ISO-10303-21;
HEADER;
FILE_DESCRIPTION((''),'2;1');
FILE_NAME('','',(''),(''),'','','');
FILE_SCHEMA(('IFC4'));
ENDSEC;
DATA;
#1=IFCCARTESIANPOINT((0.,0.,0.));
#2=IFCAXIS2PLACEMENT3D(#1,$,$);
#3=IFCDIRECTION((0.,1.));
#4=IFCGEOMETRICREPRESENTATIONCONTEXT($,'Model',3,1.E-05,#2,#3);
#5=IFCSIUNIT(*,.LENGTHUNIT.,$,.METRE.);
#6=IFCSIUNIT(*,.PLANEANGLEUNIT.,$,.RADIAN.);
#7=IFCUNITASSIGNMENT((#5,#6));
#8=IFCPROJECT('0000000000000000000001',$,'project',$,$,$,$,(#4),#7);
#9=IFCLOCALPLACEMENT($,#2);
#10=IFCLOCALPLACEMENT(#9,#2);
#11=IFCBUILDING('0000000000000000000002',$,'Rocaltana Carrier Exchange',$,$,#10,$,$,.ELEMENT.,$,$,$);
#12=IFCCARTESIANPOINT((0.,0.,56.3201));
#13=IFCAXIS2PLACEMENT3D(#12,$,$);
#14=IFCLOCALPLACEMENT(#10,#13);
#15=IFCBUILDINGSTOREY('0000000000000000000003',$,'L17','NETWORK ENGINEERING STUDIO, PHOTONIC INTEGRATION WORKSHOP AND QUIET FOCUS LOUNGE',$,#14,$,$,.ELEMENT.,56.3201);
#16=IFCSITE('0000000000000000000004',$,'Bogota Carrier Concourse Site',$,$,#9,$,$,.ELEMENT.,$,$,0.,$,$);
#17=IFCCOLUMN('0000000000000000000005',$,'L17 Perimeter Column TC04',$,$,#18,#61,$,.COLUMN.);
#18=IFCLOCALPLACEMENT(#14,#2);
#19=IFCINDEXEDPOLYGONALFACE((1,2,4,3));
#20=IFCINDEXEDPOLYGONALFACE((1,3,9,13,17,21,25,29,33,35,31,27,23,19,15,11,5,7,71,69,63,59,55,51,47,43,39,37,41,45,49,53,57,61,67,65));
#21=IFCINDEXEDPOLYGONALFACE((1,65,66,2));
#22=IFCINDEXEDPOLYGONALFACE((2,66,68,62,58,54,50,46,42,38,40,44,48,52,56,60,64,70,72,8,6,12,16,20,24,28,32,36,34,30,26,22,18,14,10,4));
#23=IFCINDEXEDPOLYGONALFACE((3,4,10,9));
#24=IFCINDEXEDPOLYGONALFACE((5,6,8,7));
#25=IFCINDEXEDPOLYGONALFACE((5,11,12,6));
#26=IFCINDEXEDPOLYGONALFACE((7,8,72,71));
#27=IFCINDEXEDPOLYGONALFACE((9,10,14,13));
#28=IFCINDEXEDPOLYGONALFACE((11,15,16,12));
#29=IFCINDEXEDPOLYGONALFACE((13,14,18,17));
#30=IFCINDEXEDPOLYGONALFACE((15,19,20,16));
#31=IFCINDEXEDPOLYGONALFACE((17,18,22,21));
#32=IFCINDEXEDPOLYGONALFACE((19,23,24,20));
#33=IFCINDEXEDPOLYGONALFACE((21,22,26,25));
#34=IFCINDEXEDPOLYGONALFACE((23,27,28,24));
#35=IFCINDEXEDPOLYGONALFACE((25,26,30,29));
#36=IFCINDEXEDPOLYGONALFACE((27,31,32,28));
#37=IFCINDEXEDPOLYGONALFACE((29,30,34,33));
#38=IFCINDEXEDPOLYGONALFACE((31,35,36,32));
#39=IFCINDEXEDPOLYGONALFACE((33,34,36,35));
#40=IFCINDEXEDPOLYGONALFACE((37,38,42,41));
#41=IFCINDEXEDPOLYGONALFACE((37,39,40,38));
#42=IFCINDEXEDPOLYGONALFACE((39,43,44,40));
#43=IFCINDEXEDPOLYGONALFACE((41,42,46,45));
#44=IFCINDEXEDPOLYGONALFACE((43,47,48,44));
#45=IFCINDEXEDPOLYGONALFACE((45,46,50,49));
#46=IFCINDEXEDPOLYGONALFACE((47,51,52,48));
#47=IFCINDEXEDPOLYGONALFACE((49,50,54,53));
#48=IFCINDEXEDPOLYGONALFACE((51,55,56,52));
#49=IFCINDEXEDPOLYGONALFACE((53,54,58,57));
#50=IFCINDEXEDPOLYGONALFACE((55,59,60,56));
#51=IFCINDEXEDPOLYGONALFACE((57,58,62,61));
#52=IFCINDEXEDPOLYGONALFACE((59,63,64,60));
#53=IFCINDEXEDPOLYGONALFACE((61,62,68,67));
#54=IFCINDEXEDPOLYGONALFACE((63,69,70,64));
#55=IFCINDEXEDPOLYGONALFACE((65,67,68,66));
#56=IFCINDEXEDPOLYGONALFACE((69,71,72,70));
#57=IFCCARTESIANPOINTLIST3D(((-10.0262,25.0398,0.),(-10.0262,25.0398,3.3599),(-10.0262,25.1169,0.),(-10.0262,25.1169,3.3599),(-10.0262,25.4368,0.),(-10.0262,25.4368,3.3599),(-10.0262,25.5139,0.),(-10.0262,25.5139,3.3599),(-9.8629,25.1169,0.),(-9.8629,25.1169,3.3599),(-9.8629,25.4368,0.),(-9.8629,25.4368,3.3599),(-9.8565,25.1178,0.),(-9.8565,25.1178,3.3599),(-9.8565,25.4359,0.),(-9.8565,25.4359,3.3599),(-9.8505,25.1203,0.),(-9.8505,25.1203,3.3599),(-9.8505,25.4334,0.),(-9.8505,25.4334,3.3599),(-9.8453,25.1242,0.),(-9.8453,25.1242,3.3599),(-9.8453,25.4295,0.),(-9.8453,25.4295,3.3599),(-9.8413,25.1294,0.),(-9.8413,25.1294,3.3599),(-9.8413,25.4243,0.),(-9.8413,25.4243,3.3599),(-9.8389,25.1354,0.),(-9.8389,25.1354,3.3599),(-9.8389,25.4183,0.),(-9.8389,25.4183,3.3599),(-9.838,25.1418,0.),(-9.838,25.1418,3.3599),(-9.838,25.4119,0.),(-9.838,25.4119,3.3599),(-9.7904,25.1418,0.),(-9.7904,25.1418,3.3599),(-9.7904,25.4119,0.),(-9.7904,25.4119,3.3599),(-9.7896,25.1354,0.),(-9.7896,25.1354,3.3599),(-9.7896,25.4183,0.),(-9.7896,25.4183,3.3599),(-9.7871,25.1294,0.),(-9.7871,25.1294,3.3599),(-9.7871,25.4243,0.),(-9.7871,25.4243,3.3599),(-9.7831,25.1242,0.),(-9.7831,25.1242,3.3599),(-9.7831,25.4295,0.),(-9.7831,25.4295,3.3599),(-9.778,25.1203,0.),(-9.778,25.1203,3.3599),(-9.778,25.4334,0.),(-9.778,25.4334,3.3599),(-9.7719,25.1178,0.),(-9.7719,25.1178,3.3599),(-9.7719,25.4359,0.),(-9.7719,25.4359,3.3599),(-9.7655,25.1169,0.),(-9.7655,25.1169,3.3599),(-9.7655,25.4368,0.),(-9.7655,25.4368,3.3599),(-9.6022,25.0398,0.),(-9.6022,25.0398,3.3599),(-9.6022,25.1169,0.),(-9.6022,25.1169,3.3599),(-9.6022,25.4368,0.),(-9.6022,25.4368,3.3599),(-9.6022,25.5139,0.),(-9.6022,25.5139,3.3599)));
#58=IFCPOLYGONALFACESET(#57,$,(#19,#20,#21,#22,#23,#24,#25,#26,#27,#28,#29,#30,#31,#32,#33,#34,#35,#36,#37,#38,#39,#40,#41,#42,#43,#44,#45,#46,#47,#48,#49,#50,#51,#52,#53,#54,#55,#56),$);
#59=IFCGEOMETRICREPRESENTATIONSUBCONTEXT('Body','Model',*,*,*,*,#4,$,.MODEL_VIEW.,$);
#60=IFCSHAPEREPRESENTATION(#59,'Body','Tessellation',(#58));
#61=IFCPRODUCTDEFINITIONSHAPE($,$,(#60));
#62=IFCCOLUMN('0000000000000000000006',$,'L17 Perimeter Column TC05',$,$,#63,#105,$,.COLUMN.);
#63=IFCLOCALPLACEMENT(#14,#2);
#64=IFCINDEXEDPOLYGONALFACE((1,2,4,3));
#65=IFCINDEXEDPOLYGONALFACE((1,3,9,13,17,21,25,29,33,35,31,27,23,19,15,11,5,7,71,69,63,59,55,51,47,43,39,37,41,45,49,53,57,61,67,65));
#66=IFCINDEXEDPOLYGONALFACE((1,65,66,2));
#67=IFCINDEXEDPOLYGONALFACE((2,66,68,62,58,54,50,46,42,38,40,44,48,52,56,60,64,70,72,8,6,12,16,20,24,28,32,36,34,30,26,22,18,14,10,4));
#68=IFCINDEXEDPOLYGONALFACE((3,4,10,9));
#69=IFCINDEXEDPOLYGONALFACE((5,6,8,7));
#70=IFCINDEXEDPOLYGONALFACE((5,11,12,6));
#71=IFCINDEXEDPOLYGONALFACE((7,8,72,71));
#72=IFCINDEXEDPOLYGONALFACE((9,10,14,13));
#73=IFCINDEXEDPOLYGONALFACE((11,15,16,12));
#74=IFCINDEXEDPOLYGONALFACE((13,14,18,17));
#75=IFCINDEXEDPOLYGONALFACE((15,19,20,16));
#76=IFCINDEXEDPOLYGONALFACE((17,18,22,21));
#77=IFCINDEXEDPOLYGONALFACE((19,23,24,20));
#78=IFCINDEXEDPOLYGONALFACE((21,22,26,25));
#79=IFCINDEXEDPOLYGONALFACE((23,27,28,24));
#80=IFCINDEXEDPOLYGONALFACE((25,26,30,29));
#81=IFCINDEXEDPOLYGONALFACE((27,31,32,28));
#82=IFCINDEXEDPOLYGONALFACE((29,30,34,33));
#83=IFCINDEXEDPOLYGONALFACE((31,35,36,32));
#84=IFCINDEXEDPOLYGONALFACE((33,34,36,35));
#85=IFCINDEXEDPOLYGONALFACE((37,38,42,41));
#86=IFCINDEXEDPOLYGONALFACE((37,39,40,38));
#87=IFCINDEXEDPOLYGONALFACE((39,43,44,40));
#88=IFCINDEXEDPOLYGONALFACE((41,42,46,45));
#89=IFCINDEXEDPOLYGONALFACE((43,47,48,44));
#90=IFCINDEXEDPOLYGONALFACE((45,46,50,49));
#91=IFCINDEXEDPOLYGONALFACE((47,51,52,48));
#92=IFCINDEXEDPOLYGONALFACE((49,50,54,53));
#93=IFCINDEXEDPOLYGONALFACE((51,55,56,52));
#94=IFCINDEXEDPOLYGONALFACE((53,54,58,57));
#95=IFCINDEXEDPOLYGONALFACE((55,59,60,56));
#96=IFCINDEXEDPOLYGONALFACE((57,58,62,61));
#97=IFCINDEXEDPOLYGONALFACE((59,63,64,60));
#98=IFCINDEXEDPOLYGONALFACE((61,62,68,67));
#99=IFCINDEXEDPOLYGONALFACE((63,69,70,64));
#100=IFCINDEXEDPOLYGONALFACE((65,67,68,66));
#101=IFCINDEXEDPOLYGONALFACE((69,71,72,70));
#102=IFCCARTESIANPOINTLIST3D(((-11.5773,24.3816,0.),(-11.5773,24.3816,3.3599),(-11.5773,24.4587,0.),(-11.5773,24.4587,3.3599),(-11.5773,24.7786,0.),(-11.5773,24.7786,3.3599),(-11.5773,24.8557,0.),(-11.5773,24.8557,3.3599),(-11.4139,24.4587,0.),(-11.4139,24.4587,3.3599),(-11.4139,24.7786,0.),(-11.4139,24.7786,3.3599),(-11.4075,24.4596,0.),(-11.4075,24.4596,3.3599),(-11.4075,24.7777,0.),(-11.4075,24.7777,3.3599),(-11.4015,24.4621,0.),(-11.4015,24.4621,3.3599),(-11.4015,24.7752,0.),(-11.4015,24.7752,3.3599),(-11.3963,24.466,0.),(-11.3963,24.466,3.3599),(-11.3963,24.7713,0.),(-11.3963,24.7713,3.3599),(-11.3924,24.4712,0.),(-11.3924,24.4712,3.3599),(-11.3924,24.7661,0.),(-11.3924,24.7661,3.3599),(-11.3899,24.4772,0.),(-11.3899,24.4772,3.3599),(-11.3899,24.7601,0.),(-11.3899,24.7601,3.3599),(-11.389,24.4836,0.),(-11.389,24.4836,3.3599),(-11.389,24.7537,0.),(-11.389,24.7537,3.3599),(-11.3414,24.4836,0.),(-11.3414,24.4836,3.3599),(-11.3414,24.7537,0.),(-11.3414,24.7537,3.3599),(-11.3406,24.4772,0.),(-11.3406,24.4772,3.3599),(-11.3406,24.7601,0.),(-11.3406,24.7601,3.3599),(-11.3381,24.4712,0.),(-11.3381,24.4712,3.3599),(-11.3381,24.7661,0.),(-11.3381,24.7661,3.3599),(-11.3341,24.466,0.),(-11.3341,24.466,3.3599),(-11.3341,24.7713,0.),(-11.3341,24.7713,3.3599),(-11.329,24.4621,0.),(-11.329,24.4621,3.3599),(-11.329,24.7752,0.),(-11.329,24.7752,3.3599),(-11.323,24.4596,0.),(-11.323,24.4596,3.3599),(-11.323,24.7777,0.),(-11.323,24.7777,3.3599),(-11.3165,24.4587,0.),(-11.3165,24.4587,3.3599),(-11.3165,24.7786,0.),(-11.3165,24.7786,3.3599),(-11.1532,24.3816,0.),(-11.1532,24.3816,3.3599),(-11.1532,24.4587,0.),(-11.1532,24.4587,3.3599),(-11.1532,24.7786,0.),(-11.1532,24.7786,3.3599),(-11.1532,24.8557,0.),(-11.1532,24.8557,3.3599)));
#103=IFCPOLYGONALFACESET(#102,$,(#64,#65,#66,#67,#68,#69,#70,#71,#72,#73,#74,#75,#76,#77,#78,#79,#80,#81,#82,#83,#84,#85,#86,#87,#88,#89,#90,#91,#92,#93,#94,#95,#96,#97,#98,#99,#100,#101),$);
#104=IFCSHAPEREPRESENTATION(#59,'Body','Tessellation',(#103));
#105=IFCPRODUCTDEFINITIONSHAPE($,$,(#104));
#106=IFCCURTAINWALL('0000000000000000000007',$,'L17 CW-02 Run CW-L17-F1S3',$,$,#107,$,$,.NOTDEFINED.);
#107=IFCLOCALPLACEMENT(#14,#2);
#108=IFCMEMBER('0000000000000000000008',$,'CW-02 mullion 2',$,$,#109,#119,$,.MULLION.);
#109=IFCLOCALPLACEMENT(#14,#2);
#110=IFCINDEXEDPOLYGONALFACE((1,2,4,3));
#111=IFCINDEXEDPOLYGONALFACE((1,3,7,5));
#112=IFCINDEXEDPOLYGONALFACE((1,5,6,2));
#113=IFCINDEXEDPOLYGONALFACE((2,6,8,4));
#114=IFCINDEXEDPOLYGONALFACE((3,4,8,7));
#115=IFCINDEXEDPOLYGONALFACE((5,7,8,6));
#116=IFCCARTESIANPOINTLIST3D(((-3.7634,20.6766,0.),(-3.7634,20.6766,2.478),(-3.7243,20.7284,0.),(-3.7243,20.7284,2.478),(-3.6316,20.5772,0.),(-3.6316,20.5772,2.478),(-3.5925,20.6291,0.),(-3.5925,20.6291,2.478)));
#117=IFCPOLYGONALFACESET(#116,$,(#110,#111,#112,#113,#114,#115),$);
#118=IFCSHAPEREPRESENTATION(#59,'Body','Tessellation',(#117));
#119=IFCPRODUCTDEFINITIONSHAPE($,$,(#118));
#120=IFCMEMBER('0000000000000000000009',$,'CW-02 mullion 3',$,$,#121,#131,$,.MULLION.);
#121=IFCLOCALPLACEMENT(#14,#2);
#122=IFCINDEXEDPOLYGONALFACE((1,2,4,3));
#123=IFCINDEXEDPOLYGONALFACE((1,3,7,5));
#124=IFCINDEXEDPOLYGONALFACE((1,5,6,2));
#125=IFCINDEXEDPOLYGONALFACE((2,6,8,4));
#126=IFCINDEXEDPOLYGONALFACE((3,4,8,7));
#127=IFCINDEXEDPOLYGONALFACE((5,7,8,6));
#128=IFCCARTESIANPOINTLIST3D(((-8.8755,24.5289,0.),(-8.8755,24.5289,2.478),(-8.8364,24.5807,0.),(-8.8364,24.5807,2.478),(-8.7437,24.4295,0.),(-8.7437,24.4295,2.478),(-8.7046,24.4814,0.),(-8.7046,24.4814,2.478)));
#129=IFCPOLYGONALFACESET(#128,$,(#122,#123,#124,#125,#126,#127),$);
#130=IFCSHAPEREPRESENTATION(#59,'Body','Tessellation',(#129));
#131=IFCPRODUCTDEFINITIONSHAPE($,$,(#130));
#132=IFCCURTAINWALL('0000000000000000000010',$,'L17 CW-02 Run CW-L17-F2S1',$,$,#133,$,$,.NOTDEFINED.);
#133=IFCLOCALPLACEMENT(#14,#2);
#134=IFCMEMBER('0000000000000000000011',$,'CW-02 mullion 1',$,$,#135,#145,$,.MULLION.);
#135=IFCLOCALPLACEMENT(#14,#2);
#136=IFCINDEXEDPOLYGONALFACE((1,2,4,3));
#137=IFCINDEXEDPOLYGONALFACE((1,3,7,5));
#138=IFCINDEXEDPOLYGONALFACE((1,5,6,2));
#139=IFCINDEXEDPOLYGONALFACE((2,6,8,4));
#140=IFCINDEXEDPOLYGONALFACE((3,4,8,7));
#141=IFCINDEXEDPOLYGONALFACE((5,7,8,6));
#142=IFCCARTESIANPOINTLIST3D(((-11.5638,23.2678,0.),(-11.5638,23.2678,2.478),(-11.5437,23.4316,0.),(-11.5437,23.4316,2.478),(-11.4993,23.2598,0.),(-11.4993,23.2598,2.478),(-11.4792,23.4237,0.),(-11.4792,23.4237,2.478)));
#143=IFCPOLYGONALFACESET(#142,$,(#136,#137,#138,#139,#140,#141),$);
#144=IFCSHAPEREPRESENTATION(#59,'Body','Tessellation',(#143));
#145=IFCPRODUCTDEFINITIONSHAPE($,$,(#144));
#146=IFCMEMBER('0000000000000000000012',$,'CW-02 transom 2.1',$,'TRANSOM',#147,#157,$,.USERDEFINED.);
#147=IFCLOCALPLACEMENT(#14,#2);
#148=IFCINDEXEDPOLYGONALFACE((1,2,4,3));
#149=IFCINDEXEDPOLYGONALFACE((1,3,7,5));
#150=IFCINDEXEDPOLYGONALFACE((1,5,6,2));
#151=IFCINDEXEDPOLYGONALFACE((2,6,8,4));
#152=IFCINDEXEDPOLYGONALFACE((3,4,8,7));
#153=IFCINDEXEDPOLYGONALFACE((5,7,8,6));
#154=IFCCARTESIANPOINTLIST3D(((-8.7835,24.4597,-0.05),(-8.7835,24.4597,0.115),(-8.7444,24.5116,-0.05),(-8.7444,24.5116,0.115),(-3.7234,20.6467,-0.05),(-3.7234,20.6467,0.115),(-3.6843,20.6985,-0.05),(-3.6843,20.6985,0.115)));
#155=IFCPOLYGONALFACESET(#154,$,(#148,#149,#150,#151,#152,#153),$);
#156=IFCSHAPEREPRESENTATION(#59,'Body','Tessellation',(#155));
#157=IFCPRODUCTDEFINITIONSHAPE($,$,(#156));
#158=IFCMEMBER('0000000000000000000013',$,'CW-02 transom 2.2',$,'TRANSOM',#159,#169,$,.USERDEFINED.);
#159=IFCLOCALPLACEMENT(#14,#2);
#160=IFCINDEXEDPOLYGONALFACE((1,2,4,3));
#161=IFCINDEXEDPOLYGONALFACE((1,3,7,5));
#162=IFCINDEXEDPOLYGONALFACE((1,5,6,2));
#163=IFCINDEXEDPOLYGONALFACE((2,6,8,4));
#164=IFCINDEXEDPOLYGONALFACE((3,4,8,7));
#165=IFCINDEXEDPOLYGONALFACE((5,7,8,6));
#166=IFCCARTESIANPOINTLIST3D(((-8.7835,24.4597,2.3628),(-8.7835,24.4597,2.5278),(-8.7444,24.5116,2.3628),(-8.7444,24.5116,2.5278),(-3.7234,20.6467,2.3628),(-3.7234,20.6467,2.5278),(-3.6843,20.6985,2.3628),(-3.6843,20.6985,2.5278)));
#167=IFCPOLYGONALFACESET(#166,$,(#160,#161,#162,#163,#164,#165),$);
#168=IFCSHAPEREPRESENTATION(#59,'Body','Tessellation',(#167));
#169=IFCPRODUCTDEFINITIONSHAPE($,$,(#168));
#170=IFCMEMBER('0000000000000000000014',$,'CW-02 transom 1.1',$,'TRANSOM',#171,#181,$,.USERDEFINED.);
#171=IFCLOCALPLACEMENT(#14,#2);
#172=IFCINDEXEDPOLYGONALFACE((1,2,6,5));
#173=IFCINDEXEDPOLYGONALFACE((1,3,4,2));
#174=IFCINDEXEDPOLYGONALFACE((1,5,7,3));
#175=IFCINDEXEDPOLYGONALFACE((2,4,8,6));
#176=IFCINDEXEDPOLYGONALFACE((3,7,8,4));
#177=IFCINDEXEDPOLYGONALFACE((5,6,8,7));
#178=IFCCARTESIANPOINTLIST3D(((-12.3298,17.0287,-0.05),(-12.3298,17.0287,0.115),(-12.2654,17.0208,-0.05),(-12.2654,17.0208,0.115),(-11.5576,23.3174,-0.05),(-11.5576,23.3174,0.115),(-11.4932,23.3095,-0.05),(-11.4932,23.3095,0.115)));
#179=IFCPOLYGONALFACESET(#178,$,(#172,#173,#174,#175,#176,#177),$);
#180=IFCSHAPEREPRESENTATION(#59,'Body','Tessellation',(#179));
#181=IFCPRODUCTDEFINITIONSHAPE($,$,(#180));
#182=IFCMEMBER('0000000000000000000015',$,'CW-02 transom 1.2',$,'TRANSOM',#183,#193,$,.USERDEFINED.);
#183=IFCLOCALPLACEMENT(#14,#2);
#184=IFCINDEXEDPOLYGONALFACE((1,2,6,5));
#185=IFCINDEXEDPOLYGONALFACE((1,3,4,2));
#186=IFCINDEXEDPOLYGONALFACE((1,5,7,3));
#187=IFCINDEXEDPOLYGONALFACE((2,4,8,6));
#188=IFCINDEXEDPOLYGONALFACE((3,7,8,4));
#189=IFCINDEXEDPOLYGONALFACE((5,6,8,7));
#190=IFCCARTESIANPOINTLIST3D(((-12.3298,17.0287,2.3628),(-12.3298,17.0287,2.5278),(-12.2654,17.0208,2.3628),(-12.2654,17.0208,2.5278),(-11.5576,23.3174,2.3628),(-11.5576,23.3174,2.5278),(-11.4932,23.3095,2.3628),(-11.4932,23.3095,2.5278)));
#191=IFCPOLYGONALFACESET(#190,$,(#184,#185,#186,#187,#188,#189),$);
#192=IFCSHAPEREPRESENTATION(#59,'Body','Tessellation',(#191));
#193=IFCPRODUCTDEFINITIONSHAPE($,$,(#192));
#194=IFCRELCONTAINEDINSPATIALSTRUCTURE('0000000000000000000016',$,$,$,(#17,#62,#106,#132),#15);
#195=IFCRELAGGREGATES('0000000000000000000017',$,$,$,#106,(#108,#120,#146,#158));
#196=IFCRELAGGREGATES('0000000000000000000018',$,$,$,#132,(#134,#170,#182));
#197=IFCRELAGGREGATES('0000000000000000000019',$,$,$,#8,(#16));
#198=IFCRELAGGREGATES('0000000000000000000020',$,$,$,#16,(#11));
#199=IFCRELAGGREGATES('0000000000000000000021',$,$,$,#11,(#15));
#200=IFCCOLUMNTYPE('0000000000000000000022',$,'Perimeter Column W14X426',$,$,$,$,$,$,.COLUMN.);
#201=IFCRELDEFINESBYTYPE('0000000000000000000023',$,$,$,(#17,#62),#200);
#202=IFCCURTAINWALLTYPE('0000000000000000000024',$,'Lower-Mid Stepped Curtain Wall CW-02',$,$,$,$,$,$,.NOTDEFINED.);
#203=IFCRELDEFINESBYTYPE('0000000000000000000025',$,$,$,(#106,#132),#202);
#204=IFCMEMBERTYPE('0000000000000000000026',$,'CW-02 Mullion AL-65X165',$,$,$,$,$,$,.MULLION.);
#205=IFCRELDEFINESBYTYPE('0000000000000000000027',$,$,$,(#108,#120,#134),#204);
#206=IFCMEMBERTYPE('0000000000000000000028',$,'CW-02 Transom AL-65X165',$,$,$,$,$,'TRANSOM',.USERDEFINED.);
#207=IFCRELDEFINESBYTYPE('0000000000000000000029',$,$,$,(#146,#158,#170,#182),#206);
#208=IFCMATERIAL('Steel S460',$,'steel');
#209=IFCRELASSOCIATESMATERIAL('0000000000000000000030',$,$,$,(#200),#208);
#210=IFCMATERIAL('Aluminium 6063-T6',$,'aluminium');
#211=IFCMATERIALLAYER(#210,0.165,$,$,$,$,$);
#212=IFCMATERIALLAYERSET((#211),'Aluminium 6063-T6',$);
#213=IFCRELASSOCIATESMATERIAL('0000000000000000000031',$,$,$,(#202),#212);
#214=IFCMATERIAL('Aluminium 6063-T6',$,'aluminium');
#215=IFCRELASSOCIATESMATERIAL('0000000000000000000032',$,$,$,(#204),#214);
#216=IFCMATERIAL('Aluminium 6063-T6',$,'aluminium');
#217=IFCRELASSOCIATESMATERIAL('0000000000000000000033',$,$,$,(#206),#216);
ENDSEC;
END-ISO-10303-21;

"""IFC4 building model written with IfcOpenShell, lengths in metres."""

from ifc_helpers import new_model, si_unit, direction, frame, origin, origin_2d, place, context, subcontext, project, spatial, rectangle, i_section, extrude, material, layer, layer_set, material_profile, profile_set, type_object, element, aggregate, save


model = new_model("IFC4")

# Units and contexts
model_context = context("Model", 3, precision=1e-05, world=origin(), true_north=direction((0.0, 1.0)))
body_context = subcontext(model_context, "Body", "Model", "MODEL_VIEW")
ifc_project = project(units=[si_unit("LENGTHUNIT", "METRE"), si_unit("PLANEANGLEUNIT", "RADIAN")], contexts=[model_context])

# Site, building, storey
site_placement = place(None, origin())
site = spatial("IfcSite", under=ifc_project, at=site_placement, Name="Bogota Carrier Concourse Site", CompositionType="ELEMENT", RefElevation=0.0)
building_placement = place(site_placement, origin())
building = spatial("IfcBuilding", under=site, at=building_placement, Name="Rocaltana Carrier Exchange", CompositionType="ELEMENT")
storey_placement = place(building_placement, frame((0.0, 0.0, 56.3201)))
storey = spatial("IfcBuildingStorey", under=building, at=storey_placement, Name="L17", Description="NETWORK ENGINEERING STUDIO, PHOTONIC INTEGRATION WORKSHOP AND QUIET FOCUS LOUNGE", CompositionType="ELEMENT", Elevation=56.3201)

# Columns
ifc_material_1 = material(Name="Steel S460", Category="steel")
ifc_material_profile_1 = material_profile(ifc_material_1, i_section(OverallWidth=0.4241, OverallDepth=0.4741, WebThickness=0.0476, FlangeThickness=0.0771, FilletRadius=0.0249, at=origin_2d()), Name="W14X426")
ifc_profile_set_1 = profile_set([ifc_material_profile_1], Name="Steel S460")
column_type = type_object("IfcColumnType", Name="Perimeter Column W14X426", PredefinedType="COLUMN", material=ifc_profile_set_1)
for number, where, z_axis, x_axis, name in (
    (1, (-9.8142, 25.2769, 0.0), (0.0, 0.0, 1.0), (1.0, 0.0, 0.0), "L17 Perimeter Column TC04"),
    (2, (-11.3652, 24.6187, 0.0), (0.0, 0.0, 1.0), (1.0, 0.0, 0.0), "L17 Perimeter Column TC05"),
):
    element("IfcColumn", number, at=place(storey_placement, frame(where, z_axis=z_axis, x_axis=x_axis)), inside=storey, type_object=column_type, Name=name, PredefinedType="COLUMN", context=body_context, shape_type="SweptSolid", body=[
        extrude(i_section(OverallWidth=0.4241, OverallDepth=0.4741, WebThickness=0.0476, FlangeThickness=0.0771, FilletRadius=0.0249, at=origin_2d()), origin(), (0.0, 0.0, 1.0), 3.3599),
    ])

# Curtain wall, members
ifc_material_2 = material(Name="Aluminium 6063-T6", Category="aluminium")
ifc_layer_1 = layer(ifc_material_2, 0.165)
ifc_layer_set_1 = layer_set([ifc_layer_1], Name="Aluminium 6063-T6")
curtain_wall_type = type_object("IfcCurtainWallType", Name="Lower-Mid Stepped Curtain Wall CW-02", PredefinedType="NOTDEFINED", material=ifc_layer_set_1)
curtain_wall_1_placement = place(storey_placement, origin())
curtain_wall_1 = element("IfcCurtainWall", 3, at=curtain_wall_1_placement, inside=storey, type_object=curtain_wall_type, Name="L17 CW-02 Run CW-L17-F1S3", PredefinedType="NOTDEFINED")
ifc_material_3 = material(Name="Aluminium 6063-T6", Category="aluminium")
ifc_material_profile_2 = material_profile(ifc_material_3, rectangle(XDim=0.0649, YDim=0.165, at=origin_2d()), Name="AL-65X165")
ifc_profile_set_2 = profile_set([ifc_material_profile_2], Name="Aluminium 6063-T6")
member_type_1 = type_object("IfcMemberType", Name="CW-02 Mullion AL-65X165", PredefinedType="MULLION", material=ifc_profile_set_2)
member_1_placement = place(storey_placement, frame((-3.678, 20.6528, 0.0), z_axis=(0.0, 0.0, 1.0), x_axis=(-0.601812, -0.798638, 0.0)))
member_1 = element("IfcMember", 4, at=member_1_placement, type_object=member_type_1, Name="CW-02 mullion 2", PredefinedType="MULLION", context=body_context, shape_type="SweptSolid", body=[
    extrude(rectangle(XDim=0.0649, YDim=0.165, at=origin_2d()), origin(), (0.0, 0.0, 1.0), 2.478),
])
member_2_placement = place(storey_placement, frame((-8.79, 24.5051, 0.0), z_axis=(0.0, 0.0, 1.0), x_axis=(-0.601812, -0.798638, 0.0)))
member_2 = element("IfcMember", 5, at=member_2_placement, type_object=member_type_1, Name="CW-02 mullion 3", PredefinedType="MULLION", context=body_context, shape_type="SweptSolid", body=[
    extrude(rectangle(XDim=0.0649, YDim=0.165, at=origin_2d()), origin(), (0.0, 0.0, 1.0), 2.478),
])

# Curtain wall, member
curtain_wall_2_placement = place(storey_placement, origin())
curtain_wall_2 = element("IfcCurtainWall", 6, at=curtain_wall_2_placement, inside=storey, type_object=curtain_wall_type, Name="L17 CW-02 Run CW-L17-F2S1", PredefinedType="NOTDEFINED")
member_3_placement = place(storey_placement, frame((-11.5215, 23.3457, 0.0), z_axis=(0.0, 0.0, 1.0), x_axis=(0.992546, -0.121873, 0.0)))
member_3 = element("IfcMember", 7, at=member_3_placement, type_object=member_type_1, Name="CW-02 mullion 1", PredefinedType="MULLION", context=body_context, shape_type="SweptSolid", body=[
    extrude(rectangle(XDim=0.0649, YDim=0.165, at=origin_2d()), origin(), (0.0, 0.0, 1.0), 2.478),
])

# Members
ifc_material_4 = material(Name="Aluminium 6063-T6", Category="aluminium")
ifc_material_profile_3 = material_profile(ifc_material_4, rectangle(XDim=0.0649, YDim=0.165, at=origin_2d()), Name="AL-65X165")
ifc_profile_set_3 = profile_set([ifc_material_profile_3], Name="Aluminium 6063-T6")
member_type_2 = type_object("IfcMemberType", Name="CW-02 Transom AL-65X165", ElementType="TRANSOM", PredefinedType="USERDEFINED", material=ifc_profile_set_3)
member_4_placement = place(storey_placement, frame((-3.7039, 20.6726, 0.0325), z_axis=(-0.798638, 0.601811, 0.0), x_axis=(-0.601811, -0.798638, 0.0)))
member_4 = element("IfcMember", 8, at=member_4_placement, type_object=member_type_2, Name="CW-02 transom 2.1", ObjectType="TRANSOM", PredefinedType="USERDEFINED", context=body_context, shape_type="SweptSolid", body=[
    extrude(rectangle(XDim=0.0649, YDim=0.165, at=origin_2d()), origin(), (0.0, 0.0, 1.0), 6.3359),
])
member_5_placement = place(storey_placement, frame((-3.7039, 20.6726, 2.4453), z_axis=(-0.798638, 0.601811, 0.0), x_axis=(-0.601811, -0.798638, 0.0)))
member_5 = element("IfcMember", 9, at=member_5_placement, type_object=member_type_2, Name="CW-02 transom 2.2", ObjectType="TRANSOM", PredefinedType="USERDEFINED", context=body_context, shape_type="SweptSolid", body=[
    extrude(rectangle(XDim=0.0649, YDim=0.165, at=origin_2d()), origin(), (0.0, 0.0, 1.0), 6.3359),
])
member_6_placement = place(storey_placement, frame((-11.5254, 23.3135, 0.0325), z_axis=(-0.121877, -0.992545, 0.0), x_axis=(0.992545, -0.121877, 0.0)))
member_6 = element("IfcMember", 10, at=member_6_placement, type_object=member_type_2, Name="CW-02 transom 1.1", ObjectType="TRANSOM", PredefinedType="USERDEFINED", context=body_context, shape_type="SweptSolid", body=[
    extrude(rectangle(XDim=0.0649, YDim=0.165, at=origin_2d()), origin(), (0.0, 0.0, 1.0), 6.3359),
])
member_7_placement = place(storey_placement, frame((-11.5254, 23.3135, 2.4453), z_axis=(-0.121877, -0.992545, 0.0), x_axis=(0.992545, -0.121877, 0.0)))
member_7 = element("IfcMember", 11, at=member_7_placement, type_object=member_type_2, Name="CW-02 transom 1.2", ObjectType="TRANSOM", PredefinedType="USERDEFINED", context=body_context, shape_type="SweptSolid", body=[
    extrude(rectangle(XDim=0.0649, YDim=0.165, at=origin_2d()), origin(), (0.0, 0.0, 1.0), 6.3359),
])

aggregate(curtain_wall_1, [member_1, member_2, member_4, member_5])
aggregate(curtain_wall_2, [member_3, member_6, member_7])

save(model, "model.ifc")
